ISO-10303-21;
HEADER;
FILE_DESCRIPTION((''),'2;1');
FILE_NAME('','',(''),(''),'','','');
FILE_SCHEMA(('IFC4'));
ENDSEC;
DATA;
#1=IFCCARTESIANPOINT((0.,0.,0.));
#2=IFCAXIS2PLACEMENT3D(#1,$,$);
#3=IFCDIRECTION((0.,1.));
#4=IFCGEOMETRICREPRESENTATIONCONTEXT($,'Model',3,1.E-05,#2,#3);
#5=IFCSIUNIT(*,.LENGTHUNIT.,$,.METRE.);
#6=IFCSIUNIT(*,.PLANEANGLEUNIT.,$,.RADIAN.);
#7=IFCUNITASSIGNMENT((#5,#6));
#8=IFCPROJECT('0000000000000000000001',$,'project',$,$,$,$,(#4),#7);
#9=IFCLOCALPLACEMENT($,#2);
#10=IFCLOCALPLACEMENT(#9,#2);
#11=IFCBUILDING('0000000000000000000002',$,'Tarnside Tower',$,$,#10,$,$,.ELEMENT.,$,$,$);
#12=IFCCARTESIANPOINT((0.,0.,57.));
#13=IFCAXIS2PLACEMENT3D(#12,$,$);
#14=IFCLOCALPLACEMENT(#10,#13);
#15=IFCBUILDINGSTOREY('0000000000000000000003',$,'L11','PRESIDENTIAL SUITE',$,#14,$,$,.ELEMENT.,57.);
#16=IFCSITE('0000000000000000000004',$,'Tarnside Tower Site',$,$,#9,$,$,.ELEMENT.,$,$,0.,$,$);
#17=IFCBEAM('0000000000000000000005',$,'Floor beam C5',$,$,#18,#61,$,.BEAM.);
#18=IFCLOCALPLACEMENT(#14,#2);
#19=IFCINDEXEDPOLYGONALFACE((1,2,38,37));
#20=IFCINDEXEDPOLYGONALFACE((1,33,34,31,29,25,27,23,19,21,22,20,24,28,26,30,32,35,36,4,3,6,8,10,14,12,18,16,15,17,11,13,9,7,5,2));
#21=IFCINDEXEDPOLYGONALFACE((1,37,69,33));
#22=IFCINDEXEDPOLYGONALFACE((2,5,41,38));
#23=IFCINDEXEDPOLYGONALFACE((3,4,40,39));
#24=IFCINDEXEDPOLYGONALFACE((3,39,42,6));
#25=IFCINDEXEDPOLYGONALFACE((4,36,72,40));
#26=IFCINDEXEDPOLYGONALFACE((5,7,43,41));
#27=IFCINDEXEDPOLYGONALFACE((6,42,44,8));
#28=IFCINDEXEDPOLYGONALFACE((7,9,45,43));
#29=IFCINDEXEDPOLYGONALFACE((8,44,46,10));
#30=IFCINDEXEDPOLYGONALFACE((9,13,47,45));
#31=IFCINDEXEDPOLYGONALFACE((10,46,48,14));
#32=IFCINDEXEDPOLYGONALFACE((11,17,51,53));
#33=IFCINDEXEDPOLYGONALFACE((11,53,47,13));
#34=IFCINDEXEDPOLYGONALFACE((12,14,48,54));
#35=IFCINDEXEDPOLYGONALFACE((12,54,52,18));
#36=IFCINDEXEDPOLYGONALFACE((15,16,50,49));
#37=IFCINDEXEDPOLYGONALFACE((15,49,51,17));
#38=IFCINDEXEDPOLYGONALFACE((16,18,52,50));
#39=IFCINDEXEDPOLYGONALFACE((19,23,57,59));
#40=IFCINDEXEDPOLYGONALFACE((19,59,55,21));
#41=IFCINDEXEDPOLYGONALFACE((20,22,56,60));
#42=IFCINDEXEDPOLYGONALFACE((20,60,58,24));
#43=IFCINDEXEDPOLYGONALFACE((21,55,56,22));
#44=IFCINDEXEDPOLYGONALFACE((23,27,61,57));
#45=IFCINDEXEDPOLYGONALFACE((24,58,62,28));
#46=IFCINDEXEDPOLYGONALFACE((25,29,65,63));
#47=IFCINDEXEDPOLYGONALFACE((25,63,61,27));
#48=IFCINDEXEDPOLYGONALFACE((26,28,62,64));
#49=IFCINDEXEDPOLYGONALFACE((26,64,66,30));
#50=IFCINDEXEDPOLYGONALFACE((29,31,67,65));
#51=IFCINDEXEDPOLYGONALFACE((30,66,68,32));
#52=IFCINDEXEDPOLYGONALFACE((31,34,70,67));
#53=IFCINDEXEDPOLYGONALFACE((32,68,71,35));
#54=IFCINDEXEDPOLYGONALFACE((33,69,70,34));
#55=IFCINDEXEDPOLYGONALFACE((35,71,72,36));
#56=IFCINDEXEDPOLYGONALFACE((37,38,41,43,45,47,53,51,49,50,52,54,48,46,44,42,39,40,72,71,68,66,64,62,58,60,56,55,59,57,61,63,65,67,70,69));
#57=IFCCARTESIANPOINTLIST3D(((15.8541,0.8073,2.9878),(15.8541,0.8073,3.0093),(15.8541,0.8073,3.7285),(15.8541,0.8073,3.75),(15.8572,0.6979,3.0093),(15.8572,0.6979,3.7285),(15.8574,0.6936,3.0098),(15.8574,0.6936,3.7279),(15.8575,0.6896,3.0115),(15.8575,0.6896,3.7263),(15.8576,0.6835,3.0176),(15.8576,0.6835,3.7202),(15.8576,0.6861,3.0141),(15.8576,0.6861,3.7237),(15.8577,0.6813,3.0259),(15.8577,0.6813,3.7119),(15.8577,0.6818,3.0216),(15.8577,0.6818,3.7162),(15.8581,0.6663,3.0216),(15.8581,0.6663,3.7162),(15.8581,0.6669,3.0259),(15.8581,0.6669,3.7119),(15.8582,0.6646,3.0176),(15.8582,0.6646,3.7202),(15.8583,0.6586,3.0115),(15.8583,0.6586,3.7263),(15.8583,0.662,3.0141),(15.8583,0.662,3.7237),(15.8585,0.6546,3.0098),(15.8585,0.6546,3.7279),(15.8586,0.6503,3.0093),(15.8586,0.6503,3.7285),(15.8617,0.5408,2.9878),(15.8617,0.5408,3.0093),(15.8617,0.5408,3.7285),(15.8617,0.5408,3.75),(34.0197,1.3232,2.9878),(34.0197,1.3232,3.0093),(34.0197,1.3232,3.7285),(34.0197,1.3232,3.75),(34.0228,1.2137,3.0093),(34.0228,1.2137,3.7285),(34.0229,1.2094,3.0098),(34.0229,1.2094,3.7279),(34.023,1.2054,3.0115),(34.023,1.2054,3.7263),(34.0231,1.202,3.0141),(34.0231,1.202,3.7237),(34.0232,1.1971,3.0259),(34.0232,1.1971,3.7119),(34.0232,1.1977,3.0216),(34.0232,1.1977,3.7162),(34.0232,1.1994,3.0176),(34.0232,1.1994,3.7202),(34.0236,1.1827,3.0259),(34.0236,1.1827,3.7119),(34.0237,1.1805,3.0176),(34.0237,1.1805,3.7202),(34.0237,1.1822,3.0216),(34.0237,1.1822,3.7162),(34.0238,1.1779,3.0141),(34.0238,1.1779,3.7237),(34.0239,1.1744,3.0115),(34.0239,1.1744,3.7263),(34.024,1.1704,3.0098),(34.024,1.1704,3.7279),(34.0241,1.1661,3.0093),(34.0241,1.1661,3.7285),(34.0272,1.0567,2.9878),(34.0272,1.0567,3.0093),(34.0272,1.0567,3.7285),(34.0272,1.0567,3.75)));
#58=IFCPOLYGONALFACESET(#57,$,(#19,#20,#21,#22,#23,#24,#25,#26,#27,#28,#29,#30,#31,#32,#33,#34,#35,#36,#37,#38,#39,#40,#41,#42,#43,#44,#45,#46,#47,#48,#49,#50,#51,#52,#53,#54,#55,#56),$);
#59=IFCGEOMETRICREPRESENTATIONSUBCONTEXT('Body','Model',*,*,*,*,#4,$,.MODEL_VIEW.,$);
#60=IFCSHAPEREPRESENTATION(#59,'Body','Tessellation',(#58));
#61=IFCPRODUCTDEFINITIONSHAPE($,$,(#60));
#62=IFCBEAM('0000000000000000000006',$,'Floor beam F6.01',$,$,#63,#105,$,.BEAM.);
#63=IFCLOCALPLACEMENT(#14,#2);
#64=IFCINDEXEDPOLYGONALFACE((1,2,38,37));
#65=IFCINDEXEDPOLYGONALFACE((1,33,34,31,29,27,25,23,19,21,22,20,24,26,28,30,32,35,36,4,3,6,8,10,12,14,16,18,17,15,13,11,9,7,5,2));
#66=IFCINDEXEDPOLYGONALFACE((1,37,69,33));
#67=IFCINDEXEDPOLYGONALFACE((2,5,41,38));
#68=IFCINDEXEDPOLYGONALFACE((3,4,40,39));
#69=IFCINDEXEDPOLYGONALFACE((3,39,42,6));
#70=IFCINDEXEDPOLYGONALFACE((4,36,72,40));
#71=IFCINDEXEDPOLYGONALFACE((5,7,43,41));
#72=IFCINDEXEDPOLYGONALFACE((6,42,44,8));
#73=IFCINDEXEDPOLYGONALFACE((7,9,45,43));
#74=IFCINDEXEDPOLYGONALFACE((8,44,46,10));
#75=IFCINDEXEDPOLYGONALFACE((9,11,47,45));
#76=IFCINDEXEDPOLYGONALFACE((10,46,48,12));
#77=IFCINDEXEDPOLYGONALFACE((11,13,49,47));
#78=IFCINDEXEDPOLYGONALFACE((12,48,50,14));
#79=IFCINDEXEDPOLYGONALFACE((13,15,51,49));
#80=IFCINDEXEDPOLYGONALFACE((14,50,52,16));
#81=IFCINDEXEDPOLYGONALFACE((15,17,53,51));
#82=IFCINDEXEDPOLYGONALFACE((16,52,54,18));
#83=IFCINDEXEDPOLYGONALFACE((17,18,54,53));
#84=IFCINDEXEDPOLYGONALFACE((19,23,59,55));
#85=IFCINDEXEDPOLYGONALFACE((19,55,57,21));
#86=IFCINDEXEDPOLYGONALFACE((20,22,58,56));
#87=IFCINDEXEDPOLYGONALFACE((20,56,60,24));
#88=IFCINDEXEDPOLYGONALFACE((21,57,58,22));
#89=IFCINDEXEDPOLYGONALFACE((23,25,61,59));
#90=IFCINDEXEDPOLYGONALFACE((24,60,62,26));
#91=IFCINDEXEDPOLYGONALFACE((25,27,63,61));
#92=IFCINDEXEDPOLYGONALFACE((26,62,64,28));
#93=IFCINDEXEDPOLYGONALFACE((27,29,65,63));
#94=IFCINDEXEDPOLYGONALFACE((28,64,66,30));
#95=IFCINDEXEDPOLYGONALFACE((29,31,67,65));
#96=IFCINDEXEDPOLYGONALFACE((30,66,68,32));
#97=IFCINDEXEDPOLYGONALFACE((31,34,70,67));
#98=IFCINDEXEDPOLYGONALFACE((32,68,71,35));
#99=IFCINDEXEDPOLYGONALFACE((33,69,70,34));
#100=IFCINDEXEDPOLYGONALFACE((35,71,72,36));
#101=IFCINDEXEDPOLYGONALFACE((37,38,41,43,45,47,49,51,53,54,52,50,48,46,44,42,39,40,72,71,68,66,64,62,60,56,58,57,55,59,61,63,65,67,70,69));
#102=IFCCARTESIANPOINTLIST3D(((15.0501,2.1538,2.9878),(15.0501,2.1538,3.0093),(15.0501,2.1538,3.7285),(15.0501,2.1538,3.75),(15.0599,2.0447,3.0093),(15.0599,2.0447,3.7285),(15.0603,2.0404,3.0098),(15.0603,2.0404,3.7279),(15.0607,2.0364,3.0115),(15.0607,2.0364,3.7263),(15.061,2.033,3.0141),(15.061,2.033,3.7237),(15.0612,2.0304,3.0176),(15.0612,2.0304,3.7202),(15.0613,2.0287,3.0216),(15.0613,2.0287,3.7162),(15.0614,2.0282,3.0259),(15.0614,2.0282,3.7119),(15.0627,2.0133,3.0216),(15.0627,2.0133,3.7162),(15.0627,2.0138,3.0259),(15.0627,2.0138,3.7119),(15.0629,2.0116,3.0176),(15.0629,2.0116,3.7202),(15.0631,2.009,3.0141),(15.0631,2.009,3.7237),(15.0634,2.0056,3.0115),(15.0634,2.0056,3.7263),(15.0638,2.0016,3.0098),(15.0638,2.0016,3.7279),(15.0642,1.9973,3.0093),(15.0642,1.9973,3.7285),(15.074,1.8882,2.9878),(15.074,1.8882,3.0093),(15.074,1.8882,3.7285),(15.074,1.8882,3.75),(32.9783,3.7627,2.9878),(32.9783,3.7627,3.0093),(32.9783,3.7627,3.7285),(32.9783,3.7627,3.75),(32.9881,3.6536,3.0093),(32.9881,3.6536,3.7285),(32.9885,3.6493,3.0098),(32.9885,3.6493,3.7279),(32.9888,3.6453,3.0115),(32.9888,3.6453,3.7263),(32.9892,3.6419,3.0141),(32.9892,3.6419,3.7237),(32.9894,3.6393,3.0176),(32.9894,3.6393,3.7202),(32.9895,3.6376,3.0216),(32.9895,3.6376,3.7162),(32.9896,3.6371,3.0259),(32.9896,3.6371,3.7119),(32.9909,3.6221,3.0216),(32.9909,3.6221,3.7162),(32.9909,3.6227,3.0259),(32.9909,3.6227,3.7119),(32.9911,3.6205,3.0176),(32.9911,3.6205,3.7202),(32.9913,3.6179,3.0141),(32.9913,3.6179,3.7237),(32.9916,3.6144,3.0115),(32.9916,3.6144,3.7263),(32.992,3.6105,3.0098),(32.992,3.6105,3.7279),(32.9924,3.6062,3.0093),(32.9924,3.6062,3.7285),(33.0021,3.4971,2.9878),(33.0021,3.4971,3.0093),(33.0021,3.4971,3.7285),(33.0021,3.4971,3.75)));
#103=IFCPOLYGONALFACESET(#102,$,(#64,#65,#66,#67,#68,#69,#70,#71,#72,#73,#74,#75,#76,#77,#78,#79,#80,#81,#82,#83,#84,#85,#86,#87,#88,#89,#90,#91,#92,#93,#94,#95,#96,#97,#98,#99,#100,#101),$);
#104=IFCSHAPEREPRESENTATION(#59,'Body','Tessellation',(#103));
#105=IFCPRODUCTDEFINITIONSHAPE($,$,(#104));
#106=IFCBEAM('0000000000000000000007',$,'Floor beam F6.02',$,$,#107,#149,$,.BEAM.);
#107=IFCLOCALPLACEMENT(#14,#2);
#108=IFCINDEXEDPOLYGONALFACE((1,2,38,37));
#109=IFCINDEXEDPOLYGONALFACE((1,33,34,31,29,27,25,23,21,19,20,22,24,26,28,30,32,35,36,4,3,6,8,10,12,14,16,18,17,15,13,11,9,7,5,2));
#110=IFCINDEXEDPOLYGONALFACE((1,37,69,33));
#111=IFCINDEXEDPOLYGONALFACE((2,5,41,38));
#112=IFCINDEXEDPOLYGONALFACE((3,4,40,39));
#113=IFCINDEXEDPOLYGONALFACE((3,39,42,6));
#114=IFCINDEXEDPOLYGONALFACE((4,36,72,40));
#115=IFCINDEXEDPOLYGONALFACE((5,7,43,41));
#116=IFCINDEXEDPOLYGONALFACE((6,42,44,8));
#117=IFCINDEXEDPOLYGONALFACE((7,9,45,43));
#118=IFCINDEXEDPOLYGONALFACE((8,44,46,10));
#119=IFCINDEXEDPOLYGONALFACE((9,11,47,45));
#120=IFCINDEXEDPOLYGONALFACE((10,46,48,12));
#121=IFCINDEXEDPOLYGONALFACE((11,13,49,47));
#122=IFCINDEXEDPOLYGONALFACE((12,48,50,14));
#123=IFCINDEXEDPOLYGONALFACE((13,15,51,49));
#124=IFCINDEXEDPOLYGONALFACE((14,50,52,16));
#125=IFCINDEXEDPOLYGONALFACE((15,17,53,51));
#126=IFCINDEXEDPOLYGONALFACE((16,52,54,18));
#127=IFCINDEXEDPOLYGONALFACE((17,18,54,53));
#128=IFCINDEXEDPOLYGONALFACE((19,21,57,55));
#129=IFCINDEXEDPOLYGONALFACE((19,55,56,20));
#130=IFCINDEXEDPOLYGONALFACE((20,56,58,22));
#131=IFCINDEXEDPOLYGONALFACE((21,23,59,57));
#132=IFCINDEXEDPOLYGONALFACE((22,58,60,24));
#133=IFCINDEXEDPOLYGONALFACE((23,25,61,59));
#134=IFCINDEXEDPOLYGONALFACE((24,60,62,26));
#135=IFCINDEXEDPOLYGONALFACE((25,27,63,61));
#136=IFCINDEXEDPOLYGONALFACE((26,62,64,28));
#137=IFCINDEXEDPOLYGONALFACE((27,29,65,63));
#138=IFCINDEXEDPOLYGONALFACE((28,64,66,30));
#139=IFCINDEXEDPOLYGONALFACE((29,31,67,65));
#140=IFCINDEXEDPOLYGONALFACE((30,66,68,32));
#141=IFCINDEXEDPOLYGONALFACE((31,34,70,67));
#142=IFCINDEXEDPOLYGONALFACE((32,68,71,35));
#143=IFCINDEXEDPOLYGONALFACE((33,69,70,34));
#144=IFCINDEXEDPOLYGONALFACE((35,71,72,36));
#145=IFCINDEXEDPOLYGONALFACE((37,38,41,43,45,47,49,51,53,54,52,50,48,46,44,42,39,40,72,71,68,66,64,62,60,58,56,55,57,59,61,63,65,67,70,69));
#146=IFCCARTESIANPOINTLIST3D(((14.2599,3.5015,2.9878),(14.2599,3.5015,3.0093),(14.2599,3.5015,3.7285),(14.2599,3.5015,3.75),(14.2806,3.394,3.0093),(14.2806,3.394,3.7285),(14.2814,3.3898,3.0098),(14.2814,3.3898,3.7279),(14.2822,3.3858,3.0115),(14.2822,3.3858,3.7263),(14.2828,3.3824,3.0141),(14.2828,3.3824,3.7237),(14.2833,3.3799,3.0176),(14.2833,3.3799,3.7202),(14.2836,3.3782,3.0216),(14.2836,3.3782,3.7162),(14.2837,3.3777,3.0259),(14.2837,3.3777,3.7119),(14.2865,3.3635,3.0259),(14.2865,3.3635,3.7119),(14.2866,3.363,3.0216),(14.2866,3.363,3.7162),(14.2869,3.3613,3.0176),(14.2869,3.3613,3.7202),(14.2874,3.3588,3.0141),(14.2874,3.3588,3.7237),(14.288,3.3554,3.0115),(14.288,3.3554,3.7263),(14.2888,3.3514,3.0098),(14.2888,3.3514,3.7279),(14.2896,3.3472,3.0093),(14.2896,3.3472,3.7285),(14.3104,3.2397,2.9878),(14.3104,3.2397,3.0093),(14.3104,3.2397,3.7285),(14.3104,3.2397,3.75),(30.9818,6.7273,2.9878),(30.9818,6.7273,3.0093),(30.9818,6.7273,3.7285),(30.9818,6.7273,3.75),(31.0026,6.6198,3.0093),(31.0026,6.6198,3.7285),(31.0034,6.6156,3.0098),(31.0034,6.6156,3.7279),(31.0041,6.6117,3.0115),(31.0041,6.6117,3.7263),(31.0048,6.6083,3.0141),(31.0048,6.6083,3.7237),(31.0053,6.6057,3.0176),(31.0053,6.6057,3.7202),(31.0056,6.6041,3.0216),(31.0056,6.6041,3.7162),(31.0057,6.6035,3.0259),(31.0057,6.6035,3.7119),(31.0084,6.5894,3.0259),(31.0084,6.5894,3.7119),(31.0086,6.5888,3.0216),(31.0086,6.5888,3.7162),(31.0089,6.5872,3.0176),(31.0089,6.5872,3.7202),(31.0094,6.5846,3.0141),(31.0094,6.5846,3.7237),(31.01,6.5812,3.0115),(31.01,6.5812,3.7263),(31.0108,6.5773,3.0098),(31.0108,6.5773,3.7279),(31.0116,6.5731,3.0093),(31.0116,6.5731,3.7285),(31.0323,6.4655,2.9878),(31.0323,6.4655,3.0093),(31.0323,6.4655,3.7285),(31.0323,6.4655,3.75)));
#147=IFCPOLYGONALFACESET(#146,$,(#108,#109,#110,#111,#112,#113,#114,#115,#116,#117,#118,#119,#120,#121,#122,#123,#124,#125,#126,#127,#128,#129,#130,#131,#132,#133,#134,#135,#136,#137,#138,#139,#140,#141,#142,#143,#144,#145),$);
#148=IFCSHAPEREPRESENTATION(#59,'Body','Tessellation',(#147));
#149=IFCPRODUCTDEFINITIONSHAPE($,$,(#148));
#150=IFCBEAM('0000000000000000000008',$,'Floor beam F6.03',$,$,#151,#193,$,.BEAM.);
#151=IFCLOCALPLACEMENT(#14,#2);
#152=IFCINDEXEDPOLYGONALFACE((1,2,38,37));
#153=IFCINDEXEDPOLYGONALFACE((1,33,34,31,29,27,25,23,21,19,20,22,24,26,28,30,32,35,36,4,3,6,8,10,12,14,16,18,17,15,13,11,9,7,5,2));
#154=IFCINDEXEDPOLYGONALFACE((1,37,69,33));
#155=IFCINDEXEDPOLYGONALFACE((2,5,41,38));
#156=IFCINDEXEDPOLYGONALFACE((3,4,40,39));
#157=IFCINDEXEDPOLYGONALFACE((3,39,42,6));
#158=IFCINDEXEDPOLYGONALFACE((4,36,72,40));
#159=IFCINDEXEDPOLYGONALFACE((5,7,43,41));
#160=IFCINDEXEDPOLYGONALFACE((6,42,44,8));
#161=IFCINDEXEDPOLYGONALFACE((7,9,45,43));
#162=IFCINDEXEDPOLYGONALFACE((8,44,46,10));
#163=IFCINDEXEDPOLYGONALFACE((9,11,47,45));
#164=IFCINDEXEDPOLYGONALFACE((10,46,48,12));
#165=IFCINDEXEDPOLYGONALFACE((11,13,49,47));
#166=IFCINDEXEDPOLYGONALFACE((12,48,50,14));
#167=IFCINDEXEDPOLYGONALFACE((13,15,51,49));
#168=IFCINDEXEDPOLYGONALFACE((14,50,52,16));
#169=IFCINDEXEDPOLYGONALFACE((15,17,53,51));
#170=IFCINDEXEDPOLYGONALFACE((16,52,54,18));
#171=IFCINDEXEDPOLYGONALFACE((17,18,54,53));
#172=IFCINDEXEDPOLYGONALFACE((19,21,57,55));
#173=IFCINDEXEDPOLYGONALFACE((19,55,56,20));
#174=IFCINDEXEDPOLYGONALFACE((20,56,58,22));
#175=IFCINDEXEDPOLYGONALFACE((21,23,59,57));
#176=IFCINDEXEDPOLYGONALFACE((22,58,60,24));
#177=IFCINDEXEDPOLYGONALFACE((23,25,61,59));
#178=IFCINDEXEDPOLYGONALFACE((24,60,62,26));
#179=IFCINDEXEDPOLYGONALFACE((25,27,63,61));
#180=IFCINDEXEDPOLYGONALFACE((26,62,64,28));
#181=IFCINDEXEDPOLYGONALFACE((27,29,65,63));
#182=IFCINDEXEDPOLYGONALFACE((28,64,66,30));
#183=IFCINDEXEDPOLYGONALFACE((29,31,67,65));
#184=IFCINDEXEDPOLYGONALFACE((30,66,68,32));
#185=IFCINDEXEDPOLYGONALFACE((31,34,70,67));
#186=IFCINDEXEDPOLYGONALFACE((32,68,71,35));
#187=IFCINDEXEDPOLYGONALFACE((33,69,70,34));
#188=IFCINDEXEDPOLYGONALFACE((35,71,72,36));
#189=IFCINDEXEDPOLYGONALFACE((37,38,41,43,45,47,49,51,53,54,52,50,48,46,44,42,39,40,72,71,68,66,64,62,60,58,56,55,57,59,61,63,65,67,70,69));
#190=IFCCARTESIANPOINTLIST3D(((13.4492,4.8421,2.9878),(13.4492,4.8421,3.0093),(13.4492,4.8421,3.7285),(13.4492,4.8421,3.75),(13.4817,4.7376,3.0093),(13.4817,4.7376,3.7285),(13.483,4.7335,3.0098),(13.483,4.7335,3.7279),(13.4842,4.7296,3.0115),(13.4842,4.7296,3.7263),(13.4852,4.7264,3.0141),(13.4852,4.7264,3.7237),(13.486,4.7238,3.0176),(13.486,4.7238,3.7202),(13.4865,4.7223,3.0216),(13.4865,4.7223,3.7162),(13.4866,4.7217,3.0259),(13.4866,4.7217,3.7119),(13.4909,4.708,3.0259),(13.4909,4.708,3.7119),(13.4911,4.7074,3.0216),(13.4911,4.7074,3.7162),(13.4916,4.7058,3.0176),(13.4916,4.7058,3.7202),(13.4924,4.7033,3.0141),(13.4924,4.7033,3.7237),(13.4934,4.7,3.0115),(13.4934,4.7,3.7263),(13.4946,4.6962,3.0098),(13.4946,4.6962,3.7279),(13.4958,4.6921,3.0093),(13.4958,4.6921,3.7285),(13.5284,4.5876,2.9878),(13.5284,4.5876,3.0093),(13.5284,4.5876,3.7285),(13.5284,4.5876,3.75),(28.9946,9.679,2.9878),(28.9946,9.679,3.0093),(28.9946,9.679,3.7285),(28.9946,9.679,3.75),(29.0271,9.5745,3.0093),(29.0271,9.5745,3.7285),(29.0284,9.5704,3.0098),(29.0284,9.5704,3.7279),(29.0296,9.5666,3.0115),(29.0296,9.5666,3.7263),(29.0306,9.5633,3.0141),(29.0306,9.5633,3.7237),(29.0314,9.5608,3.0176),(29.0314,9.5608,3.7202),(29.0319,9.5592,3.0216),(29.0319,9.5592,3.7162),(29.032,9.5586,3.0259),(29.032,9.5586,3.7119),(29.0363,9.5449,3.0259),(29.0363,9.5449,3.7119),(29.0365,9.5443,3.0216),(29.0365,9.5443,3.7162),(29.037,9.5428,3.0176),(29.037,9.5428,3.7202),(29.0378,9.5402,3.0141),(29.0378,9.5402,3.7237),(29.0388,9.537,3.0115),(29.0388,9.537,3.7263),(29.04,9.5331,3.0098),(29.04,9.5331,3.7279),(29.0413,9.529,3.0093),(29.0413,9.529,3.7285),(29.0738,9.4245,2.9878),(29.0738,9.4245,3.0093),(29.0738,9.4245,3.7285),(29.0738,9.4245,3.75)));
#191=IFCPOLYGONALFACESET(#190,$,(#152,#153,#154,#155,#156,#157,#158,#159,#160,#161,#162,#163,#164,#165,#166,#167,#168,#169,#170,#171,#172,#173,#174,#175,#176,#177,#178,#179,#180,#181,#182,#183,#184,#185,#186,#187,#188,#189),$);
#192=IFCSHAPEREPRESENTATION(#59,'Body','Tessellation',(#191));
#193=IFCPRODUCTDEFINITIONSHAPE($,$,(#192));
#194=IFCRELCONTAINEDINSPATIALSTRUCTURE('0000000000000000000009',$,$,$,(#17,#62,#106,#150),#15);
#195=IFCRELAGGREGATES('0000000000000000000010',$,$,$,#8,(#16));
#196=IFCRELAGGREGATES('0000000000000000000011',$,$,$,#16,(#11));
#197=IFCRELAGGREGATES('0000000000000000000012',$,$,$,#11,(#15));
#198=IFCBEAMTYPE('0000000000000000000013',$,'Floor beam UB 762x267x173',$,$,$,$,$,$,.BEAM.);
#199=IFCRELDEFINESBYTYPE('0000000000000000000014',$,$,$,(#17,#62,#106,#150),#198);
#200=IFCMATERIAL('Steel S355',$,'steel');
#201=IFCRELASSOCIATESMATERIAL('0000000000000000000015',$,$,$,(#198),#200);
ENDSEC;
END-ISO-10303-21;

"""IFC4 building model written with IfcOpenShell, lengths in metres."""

from ifc_helpers import new_model, si_unit, direction, frame, origin, origin_2d, place, context, subcontext, project, spatial, i_section, extrude, material, material_profile, profile_set, type_object, element, save


model = new_model("IFC4")

# Units and contexts
model_context = context("Model", 3, precision=1e-05, world=origin(), true_north=direction((0.0, 1.0)))
body_context = subcontext(model_context, "Body", "Model", "MODEL_VIEW")
ifc_project = project(units=[si_unit("LENGTHUNIT", "METRE"), si_unit("PLANEANGLEUNIT", "RADIAN")], contexts=[model_context])

# Site, building, storey
site_placement = place(None, origin())
site = spatial("IfcSite", under=ifc_project, at=site_placement, Name="Tarnside Tower Site", CompositionType="ELEMENT", RefElevation=0.0)
building_placement = place(site_placement, origin())
building = spatial("IfcBuilding", under=site, at=building_placement, Name="Tarnside Tower", CompositionType="ELEMENT")
storey_placement = place(building_placement, frame((0.0, 0.0, 57.0)))
storey = spatial("IfcBuildingStorey", under=building, at=storey_placement, Name="L11", Description="PRESIDENTIAL SUITE", CompositionType="ELEMENT", Elevation=57.0)

# Beams
ifc_material_1 = material(Name="Steel S355", Category="steel")
ifc_material_profile = material_profile(ifc_material_1, i_section(OverallWidth=0.2666, OverallDepth=0.7622, WebThickness=0.0144, FlangeThickness=0.0215, FilletRadius=0.0166, at=origin_2d()), Name="UB 762x267x173")
ifc_profile_set = profile_set([ifc_material_profile], Name="Steel S355")
beam_type = type_object("IfcBeamType", Name="Floor beam UB 762x267x173", PredefinedType="BEAM", material=ifc_profile_set)
beam_1_placement = place(storey_placement, frame((34.0234, 1.1899, 3.3689), z_axis=(-0.999597, -0.028387, 0.0), x_axis=(0.028387, -0.999597, 0.0)))
element("IfcBeam", 1, at=beam_1_placement, inside=storey, type_object=beam_type, Name="Floor beam C5", PredefinedType="BEAM", context=body_context, shape_type="SweptSolid", body=[
    extrude(i_section(OverallWidth=0.2666, OverallDepth=0.7622, WebThickness=0.0144, FlangeThickness=0.0215, FilletRadius=0.0166, at=origin_2d()), origin(), (0.0, 0.0, 1.0), 18.1729),
])
beam_2_placement = place(storey_placement, frame((32.9902, 3.6299, 3.3689), z_axis=(-0.995997, -0.089381, 0.0), x_axis=(0.089381, -0.995997, 0.0)))
element("IfcBeam", 2, at=beam_2_placement, inside=storey, type_object=beam_type, Name="Floor beam F6.01", PredefinedType="BEAM", context=body_context, shape_type="SweptSolid", body=[
    extrude(i_section(OverallWidth=0.2666, OverallDepth=0.7622, WebThickness=0.0144, FlangeThickness=0.0215, FilletRadius=0.0166, at=origin_2d()), origin(), (0.0, 0.0, 1.0), 18.0002),
])
beam_3_placement = place(storey_placement, frame((31.0071, 6.5964, 3.3689), z_axis=(-0.981897, -0.189418, 0.0), x_axis=(0.189418, -0.981897, 0.0)))
element("IfcBeam", 3, at=beam_3_placement, inside=storey, type_object=beam_type, Name="Floor beam F6.02", PredefinedType="BEAM", context=body_context, shape_type="SweptSolid", body=[
    extrude(i_section(OverallWidth=0.2666, OverallDepth=0.7622, WebThickness=0.0144, FlangeThickness=0.0215, FilletRadius=0.0166, at=origin_2d()), origin(), (0.0, 0.0, 1.0), 17.0303),
])
beam_4_placement = place(storey_placement, frame((29.0342, 9.5518, 3.3689), z_axis=(-0.954847, -0.297098, 0.0), x_axis=(0.297098, -0.954847, 0.0)))
element("IfcBeam", 4, at=beam_4_placement, inside=storey, type_object=beam_type, Name="Floor beam F6.03", PredefinedType="BEAM", context=body_context, shape_type="SweptSolid", body=[
    extrude(i_section(OverallWidth=0.2666, OverallDepth=0.7622, WebThickness=0.0144, FlangeThickness=0.0215, FilletRadius=0.0166, at=origin_2d()), origin(), (0.0, 0.0, 1.0), 16.2805),
])

save(model, "model.ifc")
